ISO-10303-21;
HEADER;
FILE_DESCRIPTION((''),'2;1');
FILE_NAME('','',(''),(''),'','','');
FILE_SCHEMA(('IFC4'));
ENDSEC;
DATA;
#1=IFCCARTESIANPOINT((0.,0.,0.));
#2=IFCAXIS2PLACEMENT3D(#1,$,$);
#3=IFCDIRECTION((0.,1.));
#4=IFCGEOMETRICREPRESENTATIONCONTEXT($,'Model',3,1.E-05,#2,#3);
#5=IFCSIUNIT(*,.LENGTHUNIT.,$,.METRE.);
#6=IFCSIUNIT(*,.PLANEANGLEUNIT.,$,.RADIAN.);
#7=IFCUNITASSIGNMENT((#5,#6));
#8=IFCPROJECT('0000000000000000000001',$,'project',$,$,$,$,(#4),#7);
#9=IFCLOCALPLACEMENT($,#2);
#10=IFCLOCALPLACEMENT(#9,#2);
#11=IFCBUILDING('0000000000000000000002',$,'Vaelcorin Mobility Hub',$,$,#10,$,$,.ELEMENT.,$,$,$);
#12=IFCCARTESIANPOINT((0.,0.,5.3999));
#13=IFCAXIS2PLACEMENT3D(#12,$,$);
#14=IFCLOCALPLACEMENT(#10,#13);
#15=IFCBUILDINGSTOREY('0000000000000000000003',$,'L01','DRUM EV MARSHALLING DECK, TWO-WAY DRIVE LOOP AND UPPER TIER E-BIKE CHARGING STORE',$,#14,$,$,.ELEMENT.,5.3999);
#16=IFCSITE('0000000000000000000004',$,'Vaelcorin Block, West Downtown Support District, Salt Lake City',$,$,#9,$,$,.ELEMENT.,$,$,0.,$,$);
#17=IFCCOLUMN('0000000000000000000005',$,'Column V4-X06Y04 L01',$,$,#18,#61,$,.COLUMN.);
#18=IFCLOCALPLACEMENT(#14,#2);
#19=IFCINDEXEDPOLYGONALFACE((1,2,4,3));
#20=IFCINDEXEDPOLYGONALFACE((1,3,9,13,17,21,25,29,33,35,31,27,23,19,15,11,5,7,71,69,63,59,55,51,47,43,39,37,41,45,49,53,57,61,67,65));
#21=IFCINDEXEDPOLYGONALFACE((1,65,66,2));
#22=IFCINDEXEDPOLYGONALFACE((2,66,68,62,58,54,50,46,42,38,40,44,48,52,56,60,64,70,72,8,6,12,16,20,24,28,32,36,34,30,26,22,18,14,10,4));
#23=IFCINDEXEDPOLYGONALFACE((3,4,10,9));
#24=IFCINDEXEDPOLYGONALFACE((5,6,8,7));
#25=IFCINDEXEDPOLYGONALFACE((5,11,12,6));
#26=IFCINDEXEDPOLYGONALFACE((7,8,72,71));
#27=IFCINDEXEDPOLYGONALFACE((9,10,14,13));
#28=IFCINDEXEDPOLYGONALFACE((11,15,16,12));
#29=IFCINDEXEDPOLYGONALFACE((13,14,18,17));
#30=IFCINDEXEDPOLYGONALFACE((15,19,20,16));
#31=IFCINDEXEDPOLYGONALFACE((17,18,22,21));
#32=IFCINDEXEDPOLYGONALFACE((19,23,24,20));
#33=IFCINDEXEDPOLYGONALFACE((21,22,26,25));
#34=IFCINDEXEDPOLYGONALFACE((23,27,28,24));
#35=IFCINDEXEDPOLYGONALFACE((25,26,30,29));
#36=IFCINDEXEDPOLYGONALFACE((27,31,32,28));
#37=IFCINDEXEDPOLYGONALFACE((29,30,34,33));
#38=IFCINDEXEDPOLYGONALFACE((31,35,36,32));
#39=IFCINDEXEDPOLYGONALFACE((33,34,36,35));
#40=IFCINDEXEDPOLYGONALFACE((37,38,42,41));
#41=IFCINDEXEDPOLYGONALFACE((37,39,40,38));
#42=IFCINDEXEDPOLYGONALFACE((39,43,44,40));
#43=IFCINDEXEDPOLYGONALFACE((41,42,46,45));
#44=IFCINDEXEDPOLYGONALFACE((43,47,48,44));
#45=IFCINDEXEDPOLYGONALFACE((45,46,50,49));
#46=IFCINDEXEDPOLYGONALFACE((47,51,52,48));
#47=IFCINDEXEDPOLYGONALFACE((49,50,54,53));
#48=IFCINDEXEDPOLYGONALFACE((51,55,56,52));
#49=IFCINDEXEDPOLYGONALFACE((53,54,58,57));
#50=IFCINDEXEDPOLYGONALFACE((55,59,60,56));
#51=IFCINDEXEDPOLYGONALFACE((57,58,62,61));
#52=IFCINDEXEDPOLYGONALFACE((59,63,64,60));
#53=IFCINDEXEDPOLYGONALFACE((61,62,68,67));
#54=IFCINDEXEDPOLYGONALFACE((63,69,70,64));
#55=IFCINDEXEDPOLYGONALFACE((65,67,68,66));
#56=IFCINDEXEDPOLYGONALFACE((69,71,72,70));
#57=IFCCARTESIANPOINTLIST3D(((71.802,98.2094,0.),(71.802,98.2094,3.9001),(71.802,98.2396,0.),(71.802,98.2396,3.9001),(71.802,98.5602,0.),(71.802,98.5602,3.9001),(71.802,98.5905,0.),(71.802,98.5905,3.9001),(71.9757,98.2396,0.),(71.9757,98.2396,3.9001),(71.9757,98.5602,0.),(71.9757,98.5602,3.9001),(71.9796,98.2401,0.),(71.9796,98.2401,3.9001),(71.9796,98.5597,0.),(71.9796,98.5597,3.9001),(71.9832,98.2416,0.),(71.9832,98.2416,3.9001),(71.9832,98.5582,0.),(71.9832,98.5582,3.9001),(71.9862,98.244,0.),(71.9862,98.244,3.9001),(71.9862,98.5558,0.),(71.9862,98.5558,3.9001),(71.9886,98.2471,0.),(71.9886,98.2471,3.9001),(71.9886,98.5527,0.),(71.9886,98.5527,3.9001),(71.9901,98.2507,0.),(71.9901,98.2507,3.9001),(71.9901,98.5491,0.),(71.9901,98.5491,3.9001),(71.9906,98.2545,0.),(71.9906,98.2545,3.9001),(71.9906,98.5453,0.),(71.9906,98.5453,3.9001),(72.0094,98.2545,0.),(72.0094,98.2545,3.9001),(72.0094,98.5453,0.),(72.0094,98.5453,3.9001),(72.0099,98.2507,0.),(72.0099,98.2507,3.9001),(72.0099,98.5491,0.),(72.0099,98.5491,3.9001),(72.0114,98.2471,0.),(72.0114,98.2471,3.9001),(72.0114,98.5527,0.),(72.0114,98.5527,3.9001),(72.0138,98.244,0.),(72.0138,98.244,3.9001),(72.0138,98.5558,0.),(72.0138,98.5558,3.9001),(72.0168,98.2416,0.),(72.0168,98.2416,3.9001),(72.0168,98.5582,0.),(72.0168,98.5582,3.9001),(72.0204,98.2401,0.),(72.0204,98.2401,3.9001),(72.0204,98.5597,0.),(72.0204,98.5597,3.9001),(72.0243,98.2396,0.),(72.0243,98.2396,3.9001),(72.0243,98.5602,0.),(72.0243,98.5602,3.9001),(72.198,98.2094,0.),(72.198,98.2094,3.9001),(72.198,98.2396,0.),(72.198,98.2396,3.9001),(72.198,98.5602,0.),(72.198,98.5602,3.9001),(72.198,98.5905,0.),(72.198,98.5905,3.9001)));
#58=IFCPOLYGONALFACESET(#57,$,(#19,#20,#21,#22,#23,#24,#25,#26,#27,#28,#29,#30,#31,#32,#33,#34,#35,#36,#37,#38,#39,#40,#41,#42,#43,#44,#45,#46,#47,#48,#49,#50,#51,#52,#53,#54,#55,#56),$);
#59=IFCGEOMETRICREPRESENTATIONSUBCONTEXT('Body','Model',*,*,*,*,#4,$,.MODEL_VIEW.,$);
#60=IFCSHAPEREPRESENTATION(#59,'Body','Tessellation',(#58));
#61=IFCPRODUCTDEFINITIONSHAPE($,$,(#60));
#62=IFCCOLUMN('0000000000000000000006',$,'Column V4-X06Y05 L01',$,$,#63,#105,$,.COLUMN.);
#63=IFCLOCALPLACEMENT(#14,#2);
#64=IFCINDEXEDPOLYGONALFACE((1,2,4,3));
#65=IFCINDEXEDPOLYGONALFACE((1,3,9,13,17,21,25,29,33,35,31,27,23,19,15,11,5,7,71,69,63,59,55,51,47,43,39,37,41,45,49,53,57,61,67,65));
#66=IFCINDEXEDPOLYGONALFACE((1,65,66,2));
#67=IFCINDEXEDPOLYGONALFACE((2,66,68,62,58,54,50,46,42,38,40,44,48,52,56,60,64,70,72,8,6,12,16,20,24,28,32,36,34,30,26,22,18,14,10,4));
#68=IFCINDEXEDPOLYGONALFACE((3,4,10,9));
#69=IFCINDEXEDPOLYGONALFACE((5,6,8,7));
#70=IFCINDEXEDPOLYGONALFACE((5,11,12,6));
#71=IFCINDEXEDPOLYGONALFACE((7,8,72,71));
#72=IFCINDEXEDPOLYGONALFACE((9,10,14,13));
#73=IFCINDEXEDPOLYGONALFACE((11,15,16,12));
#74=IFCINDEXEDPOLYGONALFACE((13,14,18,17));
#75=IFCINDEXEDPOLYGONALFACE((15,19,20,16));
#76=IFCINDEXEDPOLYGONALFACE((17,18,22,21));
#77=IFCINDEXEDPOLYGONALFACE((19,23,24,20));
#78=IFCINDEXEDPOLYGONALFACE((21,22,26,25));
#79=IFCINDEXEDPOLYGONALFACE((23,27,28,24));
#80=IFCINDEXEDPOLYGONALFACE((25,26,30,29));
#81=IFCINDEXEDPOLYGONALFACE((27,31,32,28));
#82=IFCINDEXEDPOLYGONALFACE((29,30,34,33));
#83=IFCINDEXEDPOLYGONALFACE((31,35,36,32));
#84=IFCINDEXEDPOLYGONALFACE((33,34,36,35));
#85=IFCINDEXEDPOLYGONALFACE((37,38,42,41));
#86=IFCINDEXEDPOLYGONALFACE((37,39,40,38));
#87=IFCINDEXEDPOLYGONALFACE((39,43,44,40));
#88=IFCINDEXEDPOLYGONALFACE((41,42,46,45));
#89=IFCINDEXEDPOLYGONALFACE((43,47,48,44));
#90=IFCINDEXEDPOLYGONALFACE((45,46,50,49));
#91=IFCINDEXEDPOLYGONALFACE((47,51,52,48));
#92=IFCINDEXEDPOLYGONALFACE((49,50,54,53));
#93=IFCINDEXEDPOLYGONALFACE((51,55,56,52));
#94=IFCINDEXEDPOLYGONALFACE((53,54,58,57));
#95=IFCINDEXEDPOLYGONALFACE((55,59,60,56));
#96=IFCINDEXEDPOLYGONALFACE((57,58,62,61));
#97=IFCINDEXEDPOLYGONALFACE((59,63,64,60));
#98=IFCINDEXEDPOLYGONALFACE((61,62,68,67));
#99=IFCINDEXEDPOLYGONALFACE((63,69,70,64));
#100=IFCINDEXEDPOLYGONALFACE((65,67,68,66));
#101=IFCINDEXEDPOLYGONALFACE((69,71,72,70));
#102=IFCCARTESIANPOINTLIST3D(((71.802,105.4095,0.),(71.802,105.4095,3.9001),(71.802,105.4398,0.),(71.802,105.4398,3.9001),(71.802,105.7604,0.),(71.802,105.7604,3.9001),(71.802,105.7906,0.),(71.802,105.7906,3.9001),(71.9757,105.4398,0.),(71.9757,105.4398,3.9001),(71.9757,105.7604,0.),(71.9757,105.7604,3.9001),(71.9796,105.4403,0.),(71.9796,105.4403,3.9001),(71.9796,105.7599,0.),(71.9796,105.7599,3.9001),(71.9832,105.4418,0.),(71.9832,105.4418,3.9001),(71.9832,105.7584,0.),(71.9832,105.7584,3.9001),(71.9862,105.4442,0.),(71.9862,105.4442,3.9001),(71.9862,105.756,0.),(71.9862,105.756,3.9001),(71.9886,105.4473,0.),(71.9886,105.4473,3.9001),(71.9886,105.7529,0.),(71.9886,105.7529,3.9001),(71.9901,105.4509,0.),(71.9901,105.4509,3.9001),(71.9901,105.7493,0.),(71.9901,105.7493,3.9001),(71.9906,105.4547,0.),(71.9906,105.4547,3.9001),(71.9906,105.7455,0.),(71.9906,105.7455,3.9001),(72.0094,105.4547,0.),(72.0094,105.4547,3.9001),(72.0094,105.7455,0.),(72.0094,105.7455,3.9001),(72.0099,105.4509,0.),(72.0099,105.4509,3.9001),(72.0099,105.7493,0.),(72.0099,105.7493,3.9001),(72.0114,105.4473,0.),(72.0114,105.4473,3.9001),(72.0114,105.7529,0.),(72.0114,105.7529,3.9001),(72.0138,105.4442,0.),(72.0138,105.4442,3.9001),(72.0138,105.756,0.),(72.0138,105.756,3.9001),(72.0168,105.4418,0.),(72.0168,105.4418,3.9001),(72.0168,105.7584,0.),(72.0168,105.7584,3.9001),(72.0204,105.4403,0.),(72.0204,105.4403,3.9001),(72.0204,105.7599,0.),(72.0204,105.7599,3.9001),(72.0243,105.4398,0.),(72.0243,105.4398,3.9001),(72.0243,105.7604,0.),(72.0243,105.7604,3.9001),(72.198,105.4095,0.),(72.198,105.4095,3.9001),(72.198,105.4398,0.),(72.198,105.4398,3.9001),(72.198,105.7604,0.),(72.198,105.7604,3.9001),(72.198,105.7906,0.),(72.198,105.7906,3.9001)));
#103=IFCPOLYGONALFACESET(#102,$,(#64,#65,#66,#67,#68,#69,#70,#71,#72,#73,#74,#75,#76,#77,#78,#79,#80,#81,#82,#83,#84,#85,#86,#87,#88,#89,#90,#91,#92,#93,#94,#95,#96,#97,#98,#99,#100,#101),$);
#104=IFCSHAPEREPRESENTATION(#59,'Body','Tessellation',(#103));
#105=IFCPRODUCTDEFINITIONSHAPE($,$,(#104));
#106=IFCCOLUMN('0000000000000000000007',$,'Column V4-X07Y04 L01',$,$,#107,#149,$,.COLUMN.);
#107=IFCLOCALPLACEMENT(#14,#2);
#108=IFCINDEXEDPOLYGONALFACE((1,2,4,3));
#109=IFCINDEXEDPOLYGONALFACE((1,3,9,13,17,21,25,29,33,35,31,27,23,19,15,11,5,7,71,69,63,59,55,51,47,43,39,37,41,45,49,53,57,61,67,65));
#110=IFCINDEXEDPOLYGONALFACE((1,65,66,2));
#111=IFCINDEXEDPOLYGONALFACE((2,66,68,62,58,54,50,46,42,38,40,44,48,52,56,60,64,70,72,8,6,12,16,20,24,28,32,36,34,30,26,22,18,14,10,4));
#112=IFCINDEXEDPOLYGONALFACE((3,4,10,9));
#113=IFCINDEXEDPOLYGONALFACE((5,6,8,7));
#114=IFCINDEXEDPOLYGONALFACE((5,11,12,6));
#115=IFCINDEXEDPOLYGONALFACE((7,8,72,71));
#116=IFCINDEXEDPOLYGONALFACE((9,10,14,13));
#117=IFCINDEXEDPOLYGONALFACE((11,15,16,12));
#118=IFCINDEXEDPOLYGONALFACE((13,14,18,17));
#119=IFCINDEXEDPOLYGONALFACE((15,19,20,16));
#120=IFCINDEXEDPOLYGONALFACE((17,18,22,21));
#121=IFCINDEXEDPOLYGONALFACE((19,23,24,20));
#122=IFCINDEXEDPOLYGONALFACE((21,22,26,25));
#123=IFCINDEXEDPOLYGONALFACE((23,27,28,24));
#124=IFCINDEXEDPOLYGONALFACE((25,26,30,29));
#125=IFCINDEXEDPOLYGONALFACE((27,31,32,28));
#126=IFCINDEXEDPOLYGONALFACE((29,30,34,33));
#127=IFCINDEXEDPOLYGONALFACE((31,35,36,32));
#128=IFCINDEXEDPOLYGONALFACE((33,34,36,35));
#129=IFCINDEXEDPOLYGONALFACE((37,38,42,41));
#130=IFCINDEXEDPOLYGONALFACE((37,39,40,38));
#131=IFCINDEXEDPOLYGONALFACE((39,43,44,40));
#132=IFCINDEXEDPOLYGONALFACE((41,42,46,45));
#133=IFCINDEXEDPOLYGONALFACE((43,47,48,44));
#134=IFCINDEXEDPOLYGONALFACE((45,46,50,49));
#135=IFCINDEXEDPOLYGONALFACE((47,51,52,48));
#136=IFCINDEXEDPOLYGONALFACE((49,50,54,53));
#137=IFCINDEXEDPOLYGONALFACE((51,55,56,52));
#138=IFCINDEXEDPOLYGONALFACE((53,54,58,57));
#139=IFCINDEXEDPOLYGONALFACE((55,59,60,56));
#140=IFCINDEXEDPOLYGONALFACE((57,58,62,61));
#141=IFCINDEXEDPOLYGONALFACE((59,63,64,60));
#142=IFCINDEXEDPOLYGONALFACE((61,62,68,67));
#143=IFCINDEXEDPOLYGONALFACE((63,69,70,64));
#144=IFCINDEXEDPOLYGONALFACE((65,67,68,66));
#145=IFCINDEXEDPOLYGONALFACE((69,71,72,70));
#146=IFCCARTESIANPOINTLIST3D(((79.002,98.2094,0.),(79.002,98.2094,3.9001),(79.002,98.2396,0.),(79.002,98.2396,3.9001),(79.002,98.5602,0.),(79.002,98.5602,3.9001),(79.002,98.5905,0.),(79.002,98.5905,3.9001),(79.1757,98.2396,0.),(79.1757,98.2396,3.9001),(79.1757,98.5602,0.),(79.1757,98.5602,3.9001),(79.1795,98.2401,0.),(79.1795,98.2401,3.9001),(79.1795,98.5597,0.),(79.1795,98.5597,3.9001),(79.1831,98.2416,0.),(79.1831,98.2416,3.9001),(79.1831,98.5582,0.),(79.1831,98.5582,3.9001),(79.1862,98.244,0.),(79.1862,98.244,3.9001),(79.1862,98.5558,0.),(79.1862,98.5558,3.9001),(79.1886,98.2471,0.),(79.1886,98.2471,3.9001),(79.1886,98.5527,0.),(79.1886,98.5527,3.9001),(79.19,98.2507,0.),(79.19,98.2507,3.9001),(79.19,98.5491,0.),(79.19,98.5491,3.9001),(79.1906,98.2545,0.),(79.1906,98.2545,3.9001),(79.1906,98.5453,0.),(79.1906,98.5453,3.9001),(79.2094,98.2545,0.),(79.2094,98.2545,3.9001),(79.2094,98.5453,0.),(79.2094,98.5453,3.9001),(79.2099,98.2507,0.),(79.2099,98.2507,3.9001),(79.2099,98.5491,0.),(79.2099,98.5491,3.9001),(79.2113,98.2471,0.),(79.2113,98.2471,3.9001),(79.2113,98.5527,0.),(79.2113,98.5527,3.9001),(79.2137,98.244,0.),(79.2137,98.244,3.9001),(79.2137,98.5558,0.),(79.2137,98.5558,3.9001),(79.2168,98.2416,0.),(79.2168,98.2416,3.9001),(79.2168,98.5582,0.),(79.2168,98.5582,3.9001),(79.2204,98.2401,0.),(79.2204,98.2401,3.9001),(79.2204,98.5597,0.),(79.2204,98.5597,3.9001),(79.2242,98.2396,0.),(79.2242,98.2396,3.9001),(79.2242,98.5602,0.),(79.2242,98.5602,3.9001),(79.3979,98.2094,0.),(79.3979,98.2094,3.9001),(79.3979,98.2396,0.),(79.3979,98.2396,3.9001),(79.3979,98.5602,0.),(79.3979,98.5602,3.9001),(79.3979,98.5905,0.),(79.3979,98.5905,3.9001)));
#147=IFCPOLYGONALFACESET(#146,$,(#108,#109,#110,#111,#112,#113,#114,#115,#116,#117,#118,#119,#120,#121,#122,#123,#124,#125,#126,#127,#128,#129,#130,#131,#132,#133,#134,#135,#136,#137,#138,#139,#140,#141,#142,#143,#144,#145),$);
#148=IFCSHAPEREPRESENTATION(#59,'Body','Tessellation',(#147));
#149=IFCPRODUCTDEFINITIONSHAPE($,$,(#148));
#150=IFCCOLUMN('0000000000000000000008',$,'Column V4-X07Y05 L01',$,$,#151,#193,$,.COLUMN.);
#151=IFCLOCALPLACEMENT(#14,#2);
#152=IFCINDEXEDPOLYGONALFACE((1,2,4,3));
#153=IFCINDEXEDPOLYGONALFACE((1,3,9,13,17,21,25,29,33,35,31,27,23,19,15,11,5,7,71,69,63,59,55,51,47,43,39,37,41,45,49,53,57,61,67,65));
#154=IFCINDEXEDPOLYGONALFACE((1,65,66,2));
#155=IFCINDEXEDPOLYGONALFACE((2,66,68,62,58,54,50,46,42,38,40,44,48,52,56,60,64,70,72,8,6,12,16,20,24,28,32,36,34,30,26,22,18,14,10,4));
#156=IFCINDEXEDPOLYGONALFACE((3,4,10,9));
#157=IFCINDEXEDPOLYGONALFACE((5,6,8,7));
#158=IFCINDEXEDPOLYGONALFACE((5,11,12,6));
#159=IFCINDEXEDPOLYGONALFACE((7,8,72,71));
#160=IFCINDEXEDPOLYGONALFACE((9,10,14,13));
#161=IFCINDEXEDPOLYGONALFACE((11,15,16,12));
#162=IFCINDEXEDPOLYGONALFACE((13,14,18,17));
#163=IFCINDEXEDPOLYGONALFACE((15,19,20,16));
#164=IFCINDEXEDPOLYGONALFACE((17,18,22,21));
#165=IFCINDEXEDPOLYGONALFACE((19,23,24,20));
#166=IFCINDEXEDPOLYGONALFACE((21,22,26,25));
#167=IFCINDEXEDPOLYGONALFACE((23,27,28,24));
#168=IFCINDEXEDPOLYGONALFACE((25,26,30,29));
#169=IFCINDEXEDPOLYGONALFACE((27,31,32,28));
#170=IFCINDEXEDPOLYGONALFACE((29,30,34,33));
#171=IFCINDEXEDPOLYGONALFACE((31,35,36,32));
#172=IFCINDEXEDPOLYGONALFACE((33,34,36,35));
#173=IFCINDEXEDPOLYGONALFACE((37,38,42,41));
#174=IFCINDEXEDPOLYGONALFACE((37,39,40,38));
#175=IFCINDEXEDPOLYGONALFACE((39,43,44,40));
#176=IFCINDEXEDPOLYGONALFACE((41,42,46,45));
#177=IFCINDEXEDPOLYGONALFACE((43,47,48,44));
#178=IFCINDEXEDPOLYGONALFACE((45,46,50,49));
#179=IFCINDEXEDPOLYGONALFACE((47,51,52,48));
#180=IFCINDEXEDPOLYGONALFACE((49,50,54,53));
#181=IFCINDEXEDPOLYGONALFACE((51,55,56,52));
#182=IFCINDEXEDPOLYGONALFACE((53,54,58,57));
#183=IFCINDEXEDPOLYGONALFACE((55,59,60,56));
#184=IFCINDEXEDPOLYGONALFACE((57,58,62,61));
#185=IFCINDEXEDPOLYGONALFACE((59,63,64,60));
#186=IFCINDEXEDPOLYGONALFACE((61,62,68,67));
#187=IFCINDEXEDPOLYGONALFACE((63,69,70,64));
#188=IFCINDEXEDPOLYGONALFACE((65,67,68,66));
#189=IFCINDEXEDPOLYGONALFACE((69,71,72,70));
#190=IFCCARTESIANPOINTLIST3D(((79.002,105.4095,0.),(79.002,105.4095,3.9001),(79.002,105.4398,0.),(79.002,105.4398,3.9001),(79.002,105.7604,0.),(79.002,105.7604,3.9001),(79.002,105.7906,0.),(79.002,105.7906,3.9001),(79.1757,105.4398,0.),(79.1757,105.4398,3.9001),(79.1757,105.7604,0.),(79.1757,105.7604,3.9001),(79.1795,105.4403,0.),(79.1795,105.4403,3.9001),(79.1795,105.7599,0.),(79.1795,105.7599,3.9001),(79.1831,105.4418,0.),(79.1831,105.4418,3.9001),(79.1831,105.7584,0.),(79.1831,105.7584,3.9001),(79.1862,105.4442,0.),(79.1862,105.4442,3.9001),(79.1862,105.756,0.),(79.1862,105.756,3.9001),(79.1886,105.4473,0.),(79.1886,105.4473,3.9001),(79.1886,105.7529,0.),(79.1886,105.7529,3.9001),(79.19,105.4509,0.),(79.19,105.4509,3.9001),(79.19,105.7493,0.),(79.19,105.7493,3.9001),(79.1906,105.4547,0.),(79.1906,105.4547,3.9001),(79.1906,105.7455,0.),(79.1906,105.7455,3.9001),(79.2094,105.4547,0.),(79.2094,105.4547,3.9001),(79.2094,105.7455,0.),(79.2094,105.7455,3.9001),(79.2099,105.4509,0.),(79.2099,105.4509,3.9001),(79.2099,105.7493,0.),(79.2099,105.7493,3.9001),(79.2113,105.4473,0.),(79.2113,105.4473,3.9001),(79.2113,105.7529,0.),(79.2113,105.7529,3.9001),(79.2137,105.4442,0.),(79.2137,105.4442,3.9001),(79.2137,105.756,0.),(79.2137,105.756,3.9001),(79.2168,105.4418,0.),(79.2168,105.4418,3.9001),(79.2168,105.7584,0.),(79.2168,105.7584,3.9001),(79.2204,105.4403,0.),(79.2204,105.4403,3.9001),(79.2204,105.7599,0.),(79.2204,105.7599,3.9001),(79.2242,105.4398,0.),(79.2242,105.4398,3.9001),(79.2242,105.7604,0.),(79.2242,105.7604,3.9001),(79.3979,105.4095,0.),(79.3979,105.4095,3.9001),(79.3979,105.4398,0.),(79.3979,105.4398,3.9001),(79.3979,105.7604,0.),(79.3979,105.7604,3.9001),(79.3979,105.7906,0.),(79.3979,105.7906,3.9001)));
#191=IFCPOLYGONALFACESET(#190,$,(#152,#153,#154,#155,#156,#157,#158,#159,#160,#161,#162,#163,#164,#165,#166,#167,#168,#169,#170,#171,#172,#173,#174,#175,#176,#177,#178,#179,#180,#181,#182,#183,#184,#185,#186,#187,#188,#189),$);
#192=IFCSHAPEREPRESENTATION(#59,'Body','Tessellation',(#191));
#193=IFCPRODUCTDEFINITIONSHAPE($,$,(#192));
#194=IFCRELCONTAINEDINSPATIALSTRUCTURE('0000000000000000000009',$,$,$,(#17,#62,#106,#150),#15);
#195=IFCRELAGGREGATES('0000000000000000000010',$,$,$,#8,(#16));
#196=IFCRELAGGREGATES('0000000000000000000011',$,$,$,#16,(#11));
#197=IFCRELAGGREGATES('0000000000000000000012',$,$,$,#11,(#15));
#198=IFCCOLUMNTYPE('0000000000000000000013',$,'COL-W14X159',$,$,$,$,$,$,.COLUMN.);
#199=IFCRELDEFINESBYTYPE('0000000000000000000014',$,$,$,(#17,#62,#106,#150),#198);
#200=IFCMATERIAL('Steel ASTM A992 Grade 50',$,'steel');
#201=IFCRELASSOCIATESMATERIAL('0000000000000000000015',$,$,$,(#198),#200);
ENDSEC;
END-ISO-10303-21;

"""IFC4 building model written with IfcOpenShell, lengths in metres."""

from ifc_helpers import new_model, si_unit, direction, frame, origin, origin_2d, place, context, subcontext, project, spatial, i_section, extrude, material, material_profile, profile_set, type_object, element, save


model = new_model("IFC4")

# Units and contexts
model_context = context("Model", 3, precision=1e-05, world=origin(), true_north=direction((0.0, 1.0)))
body_context = subcontext(model_context, "Body", "Model", "MODEL_VIEW")
ifc_project = project(units=[si_unit("LENGTHUNIT", "METRE"), si_unit("PLANEANGLEUNIT", "RADIAN")], contexts=[model_context])

# Site, building, storey
site_placement = place(None, origin())
site = spatial("IfcSite", under=ifc_project, at=site_placement, Name="Vaelcorin Block, West Downtown Support District, Salt Lake City", CompositionType="ELEMENT", RefElevation=0.0)
building_placement = place(site_placement, origin())
building = spatial("IfcBuilding", under=site, at=building_placement, Name="Vaelcorin Mobility Hub", CompositionType="ELEMENT")
storey_placement = place(building_placement, frame((0.0, 0.0, 5.3999)))
storey = spatial("IfcBuildingStorey", under=building, at=storey_placement, Name="L01", Description="DRUM EV MARSHALLING DECK, TWO-WAY DRIVE LOOP AND UPPER TIER E-BIKE CHARGING STORE", CompositionType="ELEMENT", Elevation=5.3999)

# Columns
ifc_material_1 = material(Name="Steel ASTM A992 Grade 50", Category="steel")
ifc_material_profile_1 = material_profile(ifc_material_1, i_section(OverallWidth=0.396, OverallDepth=0.3811, WebThickness=0.0188, FlangeThickness=0.0303, FilletRadius=0.0149, at=origin_2d()), Name="W14X159")
ifc_profile_set_1 = profile_set([ifc_material_profile_1], Name="Steel ASTM A992 Grade 50")
column_type_1 = type_object("IfcColumnType", Name="COL-W14X159", PredefinedType="COLUMN", material=ifc_profile_set_1)
for number, where, z_axis, x_axis, name in (
    (1, (72.0, 98.3999, 0.0), (0.0, 0.0, 1.0), (1.0, 0.0, 0.0), "Column V4-X06Y04 L01"),
    (2, (72.0, 105.6001, 0.0), (0.0, 0.0, 1.0), (1.0, 0.0, 0.0), "Column V4-X06Y05 L01"),
    (3, (79.2, 98.3999, 0.0), (0.0, 0.0, 1.0), (1.0, 0.0, 0.0), "Column V4-X07Y04 L01"),
    (4, (79.2, 105.6001, 0.0), (0.0, 0.0, 1.0), (1.0, 0.0, 0.0), "Column V4-X07Y05 L01"),
):
    element("IfcColumn", number, at=place(storey_placement, frame(where, z_axis=z_axis, x_axis=x_axis)), inside=storey, type_object=column_type_1, Name=name, PredefinedType="COLUMN", context=body_context, shape_type="SweptSolid", body=[
        extrude(i_section(OverallWidth=0.396, OverallDepth=0.3811, WebThickness=0.0188, FlangeThickness=0.0303, FilletRadius=0.0149, at=origin_2d()), origin(), (0.0, 0.0, 1.0), 3.9001),
    ])

save(model, "model.ifc")
